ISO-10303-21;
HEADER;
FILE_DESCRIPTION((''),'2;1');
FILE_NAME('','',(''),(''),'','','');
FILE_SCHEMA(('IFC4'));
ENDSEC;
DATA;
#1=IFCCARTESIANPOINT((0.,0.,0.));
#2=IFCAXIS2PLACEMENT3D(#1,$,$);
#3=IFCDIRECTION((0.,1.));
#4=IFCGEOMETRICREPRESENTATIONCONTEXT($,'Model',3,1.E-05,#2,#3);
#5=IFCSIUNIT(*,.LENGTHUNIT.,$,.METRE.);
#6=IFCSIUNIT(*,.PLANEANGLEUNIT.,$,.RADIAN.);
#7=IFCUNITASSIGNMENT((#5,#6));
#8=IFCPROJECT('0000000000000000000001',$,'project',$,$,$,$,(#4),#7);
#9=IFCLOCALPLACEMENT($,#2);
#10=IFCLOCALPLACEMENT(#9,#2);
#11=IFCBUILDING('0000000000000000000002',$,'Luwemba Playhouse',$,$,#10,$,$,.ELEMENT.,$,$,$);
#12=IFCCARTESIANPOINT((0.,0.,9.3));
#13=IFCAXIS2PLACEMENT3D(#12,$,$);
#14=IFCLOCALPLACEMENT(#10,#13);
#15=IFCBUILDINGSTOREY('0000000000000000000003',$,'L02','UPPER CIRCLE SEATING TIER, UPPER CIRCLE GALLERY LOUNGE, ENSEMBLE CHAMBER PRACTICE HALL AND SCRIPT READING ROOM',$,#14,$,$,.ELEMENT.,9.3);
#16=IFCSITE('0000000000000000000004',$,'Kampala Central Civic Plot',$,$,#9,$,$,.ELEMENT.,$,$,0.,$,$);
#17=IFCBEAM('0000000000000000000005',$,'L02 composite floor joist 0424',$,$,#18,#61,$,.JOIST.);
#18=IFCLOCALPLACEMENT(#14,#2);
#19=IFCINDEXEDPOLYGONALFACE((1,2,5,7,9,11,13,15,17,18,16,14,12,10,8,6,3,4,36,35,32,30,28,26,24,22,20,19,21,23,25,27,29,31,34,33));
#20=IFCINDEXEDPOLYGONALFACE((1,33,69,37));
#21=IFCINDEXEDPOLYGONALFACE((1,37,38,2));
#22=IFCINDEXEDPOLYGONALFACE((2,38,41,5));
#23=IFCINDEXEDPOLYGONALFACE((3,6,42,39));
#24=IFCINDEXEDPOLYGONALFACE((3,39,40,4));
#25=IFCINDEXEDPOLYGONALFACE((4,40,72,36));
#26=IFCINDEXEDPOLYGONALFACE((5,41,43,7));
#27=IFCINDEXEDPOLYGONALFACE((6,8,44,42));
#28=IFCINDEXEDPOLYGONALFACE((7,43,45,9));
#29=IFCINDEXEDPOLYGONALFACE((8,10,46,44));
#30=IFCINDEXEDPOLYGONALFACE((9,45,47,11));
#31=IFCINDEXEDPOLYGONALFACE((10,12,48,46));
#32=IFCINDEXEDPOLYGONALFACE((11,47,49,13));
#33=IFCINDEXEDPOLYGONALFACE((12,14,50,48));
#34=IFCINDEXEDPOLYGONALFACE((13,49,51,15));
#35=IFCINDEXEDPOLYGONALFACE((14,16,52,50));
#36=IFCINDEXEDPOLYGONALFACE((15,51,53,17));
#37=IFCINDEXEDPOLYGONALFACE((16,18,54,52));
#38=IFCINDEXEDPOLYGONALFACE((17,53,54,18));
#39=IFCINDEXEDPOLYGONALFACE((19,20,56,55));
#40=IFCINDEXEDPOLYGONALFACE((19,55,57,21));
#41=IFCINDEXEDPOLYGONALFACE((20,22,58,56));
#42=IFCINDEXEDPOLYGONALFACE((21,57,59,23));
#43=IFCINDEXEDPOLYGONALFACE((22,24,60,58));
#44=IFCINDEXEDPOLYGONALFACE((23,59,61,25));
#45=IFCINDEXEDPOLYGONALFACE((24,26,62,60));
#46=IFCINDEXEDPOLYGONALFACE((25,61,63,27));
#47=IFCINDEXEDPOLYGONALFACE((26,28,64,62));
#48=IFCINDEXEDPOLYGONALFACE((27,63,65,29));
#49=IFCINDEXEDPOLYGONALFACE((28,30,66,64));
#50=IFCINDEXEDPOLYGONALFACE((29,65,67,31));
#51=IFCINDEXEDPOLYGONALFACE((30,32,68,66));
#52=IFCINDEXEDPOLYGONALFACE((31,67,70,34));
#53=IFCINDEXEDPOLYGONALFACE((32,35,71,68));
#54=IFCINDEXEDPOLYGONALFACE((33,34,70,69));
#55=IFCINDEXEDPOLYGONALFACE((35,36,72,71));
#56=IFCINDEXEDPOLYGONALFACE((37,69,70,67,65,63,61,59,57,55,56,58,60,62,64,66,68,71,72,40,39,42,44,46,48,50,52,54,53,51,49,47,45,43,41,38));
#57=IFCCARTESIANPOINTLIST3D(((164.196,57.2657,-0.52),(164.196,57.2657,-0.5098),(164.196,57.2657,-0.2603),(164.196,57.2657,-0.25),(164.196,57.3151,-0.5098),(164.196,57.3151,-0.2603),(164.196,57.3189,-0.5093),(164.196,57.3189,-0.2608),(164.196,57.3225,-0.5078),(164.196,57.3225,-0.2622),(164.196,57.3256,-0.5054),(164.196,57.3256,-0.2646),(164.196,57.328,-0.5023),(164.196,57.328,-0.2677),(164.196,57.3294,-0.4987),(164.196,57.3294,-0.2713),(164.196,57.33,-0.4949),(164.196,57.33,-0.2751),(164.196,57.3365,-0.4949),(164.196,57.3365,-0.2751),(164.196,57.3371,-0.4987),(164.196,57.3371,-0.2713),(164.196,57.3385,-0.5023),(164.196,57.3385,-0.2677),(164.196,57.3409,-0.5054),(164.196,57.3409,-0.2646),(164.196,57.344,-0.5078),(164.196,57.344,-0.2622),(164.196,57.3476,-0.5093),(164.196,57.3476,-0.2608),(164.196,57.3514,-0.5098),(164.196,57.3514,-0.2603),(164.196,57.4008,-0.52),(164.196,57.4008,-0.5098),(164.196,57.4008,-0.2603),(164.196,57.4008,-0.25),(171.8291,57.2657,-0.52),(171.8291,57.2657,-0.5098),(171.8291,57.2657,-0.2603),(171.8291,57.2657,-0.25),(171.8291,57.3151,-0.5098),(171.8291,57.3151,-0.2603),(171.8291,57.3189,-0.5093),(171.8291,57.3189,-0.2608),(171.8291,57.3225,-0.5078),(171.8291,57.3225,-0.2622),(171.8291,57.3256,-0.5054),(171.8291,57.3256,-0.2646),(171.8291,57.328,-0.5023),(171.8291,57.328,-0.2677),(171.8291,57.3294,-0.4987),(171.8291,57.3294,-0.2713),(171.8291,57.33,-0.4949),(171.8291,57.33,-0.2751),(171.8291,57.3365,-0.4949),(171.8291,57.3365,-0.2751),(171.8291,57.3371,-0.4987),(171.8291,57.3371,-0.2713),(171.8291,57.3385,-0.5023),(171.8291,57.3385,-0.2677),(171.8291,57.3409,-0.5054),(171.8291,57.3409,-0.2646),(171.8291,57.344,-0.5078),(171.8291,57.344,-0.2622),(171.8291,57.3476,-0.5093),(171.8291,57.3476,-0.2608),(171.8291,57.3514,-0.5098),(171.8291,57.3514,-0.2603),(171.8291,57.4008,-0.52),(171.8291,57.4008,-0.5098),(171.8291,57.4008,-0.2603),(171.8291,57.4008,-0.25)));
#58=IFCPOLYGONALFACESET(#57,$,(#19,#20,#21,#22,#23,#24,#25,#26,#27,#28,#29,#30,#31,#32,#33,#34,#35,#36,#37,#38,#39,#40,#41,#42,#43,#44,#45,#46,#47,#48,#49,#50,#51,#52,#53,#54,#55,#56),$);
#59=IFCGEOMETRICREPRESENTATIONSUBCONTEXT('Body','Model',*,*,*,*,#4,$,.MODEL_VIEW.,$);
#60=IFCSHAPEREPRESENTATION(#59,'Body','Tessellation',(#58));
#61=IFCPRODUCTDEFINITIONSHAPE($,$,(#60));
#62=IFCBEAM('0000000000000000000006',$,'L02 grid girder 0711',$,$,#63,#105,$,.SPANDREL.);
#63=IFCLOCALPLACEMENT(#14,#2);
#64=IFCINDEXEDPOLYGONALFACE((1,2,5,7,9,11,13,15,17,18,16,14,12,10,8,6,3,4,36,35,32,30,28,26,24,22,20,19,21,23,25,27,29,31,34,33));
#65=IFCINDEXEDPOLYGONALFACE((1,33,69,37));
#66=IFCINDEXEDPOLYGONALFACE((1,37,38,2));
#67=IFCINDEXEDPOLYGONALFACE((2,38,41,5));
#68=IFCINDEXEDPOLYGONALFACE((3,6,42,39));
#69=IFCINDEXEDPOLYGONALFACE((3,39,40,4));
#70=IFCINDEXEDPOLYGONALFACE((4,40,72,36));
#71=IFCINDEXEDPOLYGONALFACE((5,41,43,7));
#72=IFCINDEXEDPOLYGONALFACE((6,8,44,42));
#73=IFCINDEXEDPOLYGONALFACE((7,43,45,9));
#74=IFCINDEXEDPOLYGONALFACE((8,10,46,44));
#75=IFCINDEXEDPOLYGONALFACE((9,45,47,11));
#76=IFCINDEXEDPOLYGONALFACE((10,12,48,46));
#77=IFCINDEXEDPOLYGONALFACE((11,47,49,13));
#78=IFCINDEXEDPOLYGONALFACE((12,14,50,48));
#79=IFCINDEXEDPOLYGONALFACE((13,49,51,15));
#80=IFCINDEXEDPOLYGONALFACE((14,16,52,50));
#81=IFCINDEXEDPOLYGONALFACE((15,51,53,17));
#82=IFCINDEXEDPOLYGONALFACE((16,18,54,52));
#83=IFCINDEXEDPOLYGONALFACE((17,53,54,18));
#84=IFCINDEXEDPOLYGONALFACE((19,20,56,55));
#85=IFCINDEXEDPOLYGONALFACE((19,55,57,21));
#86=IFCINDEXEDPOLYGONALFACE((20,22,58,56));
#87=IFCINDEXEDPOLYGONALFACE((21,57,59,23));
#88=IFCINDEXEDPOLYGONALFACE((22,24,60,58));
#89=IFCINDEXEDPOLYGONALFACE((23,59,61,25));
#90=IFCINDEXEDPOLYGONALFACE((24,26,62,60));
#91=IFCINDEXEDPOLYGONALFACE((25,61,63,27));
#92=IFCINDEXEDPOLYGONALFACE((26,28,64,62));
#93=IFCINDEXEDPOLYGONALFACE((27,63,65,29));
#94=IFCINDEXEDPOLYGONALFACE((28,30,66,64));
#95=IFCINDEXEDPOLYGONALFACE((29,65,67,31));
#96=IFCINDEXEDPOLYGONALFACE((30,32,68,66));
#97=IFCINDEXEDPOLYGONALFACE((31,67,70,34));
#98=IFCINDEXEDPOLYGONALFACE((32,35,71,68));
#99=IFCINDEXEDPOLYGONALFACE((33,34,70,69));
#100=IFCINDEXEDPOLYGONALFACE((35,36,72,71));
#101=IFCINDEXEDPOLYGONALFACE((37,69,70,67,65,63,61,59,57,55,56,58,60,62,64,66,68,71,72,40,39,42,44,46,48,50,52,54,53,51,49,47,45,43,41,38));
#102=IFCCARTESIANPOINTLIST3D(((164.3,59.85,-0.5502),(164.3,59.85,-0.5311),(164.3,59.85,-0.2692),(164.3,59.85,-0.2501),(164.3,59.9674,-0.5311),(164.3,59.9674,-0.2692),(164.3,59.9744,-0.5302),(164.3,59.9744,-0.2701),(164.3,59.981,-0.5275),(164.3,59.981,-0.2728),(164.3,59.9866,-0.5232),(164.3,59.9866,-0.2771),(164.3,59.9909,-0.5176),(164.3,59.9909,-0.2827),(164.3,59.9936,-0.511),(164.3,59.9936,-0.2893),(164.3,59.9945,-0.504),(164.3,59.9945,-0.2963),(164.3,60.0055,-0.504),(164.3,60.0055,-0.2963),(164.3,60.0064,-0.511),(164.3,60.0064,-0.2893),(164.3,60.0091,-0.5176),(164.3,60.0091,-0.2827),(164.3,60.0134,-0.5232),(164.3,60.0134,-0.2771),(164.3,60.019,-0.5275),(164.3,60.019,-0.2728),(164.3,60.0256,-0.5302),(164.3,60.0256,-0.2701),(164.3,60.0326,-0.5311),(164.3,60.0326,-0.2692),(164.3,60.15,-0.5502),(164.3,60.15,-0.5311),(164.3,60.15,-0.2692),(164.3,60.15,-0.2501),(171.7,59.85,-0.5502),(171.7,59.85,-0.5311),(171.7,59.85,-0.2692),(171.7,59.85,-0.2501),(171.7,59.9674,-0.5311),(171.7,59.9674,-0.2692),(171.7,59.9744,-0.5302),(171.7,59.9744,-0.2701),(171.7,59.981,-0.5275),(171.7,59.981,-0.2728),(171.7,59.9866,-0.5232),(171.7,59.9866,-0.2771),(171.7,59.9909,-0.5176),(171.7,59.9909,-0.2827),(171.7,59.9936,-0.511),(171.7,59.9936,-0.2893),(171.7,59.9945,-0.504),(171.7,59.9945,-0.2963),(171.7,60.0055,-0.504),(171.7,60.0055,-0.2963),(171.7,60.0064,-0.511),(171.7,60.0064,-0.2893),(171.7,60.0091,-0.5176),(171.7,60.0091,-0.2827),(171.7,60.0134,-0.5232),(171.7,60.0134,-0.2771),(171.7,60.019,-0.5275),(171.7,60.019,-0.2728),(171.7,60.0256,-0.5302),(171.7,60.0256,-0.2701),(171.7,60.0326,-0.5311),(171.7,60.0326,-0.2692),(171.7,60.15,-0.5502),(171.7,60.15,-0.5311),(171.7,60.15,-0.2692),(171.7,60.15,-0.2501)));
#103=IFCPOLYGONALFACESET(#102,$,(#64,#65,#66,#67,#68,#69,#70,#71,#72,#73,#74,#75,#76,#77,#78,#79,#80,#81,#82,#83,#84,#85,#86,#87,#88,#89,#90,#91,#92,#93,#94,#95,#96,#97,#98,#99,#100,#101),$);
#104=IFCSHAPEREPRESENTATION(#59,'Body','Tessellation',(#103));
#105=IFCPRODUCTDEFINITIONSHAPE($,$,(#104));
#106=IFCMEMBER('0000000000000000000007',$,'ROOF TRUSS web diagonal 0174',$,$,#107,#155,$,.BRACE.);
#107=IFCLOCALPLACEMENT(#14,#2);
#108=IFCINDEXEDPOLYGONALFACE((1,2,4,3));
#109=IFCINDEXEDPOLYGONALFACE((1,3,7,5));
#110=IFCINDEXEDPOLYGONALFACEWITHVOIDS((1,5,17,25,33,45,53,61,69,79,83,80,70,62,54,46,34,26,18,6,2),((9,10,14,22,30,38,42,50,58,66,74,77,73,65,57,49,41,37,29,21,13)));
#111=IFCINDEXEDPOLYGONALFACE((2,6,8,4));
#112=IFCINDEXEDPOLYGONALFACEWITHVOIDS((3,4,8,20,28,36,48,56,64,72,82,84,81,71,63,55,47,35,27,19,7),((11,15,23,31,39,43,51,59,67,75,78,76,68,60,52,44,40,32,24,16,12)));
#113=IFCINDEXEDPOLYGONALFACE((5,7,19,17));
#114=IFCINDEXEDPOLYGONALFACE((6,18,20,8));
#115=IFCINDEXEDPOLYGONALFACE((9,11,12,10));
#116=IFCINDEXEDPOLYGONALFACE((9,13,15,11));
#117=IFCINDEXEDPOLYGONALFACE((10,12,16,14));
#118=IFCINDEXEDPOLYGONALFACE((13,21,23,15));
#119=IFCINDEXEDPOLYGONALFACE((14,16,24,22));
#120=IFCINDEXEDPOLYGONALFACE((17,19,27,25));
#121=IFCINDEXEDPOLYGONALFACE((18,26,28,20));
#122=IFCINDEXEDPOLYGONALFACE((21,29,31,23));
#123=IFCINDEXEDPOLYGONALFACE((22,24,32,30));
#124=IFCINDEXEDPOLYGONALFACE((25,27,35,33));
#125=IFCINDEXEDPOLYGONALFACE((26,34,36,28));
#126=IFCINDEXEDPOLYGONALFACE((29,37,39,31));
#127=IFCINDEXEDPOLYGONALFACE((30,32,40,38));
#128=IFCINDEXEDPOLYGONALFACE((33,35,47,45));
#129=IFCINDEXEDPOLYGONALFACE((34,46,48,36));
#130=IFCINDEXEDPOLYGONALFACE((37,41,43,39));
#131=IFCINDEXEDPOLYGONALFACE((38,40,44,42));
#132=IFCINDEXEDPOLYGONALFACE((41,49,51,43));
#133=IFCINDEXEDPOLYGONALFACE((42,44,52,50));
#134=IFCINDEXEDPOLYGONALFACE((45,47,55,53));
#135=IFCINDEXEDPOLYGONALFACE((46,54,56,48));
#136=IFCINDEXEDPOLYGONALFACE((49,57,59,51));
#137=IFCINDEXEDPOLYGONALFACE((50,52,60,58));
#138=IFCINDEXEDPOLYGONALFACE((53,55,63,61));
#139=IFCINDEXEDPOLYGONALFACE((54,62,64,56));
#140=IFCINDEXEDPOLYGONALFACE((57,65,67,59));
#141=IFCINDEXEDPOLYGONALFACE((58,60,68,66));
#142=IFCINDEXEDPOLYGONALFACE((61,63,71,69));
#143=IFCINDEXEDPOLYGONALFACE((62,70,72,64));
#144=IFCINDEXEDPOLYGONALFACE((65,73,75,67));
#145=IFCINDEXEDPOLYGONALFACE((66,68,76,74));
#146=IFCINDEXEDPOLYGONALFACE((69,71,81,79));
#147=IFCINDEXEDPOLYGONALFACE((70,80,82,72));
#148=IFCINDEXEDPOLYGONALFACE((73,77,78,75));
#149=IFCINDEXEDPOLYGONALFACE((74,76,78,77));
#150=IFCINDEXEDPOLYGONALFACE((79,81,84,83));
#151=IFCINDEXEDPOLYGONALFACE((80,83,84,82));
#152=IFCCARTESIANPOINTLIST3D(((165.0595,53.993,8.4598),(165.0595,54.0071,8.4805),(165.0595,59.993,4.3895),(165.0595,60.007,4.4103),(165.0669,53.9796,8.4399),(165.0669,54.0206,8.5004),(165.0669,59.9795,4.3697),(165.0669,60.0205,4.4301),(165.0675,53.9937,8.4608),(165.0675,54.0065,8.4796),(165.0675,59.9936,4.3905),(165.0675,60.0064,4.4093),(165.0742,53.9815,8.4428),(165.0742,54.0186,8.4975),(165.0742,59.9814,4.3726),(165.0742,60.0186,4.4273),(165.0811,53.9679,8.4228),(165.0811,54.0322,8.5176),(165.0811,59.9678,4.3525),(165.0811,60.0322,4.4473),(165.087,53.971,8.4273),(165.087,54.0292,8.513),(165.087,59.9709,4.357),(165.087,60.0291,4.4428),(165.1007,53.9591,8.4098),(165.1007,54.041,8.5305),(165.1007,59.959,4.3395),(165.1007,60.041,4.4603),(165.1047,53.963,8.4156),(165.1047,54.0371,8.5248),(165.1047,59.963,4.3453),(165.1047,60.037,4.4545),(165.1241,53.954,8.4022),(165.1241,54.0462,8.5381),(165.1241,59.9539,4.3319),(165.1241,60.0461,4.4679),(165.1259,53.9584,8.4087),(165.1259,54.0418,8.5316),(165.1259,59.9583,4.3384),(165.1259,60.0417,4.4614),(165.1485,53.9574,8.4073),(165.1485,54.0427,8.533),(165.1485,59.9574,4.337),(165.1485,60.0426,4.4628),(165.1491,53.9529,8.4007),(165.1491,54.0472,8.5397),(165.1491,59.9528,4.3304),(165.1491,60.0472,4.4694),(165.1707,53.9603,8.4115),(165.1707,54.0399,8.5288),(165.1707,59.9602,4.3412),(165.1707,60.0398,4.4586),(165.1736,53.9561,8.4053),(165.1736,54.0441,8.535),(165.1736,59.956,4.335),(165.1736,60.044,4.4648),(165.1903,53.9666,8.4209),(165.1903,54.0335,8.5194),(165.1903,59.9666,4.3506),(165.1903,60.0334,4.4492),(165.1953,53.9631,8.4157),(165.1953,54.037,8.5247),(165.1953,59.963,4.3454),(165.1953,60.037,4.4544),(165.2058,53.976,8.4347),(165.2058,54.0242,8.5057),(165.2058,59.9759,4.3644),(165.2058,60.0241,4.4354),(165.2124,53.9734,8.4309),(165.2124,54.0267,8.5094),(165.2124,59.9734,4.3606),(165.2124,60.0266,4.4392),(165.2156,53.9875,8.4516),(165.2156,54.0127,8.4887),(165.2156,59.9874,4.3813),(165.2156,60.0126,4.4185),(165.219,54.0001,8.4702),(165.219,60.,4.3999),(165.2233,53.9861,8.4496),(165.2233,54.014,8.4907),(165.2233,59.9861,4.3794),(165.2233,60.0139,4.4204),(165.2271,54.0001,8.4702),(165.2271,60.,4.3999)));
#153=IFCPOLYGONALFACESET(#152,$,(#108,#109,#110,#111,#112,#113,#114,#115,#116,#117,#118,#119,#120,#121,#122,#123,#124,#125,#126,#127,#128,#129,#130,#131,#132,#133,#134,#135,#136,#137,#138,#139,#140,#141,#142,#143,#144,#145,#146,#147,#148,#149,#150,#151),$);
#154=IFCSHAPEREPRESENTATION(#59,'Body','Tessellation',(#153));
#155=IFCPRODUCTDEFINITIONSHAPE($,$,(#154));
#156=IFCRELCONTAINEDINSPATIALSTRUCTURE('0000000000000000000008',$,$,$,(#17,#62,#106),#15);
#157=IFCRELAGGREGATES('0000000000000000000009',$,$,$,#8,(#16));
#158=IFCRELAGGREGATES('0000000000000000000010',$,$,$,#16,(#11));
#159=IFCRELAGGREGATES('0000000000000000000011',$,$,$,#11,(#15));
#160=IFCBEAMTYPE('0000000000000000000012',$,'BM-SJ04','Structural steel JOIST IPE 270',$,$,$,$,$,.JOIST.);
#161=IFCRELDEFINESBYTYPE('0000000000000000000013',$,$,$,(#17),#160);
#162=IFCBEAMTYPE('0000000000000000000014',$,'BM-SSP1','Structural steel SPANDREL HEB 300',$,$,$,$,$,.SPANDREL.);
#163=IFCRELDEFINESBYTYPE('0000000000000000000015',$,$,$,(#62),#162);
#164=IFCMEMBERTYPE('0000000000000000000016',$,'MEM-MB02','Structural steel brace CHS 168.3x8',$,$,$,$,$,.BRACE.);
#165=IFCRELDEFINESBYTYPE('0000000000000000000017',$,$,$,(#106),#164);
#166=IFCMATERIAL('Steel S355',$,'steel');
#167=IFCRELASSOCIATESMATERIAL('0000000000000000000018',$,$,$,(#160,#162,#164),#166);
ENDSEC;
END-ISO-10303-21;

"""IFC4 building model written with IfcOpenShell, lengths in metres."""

from ifc_helpers import new_model, si_unit, direction, frame, origin, origin_2d, place, context, subcontext, project, spatial, hollow_circle, i_section, extrude, material, material_profile, profile_set, type_object, element, save


model = new_model("IFC4")

# Units and contexts
model_context = context("Model", 3, precision=1e-05, world=origin(), true_north=direction((0.0, 1.0)))
body_context = subcontext(model_context, "Body", "Model", "MODEL_VIEW")
ifc_project = project(units=[si_unit("LENGTHUNIT", "METRE"), si_unit("PLANEANGLEUNIT", "RADIAN")], contexts=[model_context])

# Site, building, storey
site_placement = place(None, origin())
site = spatial("IfcSite", under=ifc_project, at=site_placement, Name="Kampala Central Civic Plot", CompositionType="ELEMENT", RefElevation=0.0)
building_placement = place(site_placement, origin())
building = spatial("IfcBuilding", under=site, at=building_placement, Name="Luwemba Playhouse", CompositionType="ELEMENT")
storey_placement = place(building_placement, frame((0.0, 0.0, 9.3)))
storey = spatial("IfcBuildingStorey", under=building, at=storey_placement, Name="L02", Description="UPPER CIRCLE SEATING TIER, UPPER CIRCLE GALLERY LOUNGE, ENSEMBLE CHAMBER PRACTICE HALL AND SCRIPT READING ROOM", CompositionType="ELEMENT", Elevation=9.3)

# Shared definitions
ifc_material_1 = material(Name="Steel S355", Category="steel")

# Beams
ifc_material_profile_1 = material_profile(ifc_material_1, i_section(OverallWidth=0.135, OverallDepth=0.27, WebThickness=0.0066, FlangeThickness=0.0103, FilletRadius=0.0149, at=origin_2d()))
ifc_profile_set_1 = profile_set([ifc_material_profile_1], Name="Steel S355")
beam_type_1 = type_object("IfcBeamType", Name="BM-SJ04", Description="Structural steel JOIST IPE 270", PredefinedType="JOIST", material=ifc_profile_set_1)
beam_1_placement = place(storey_placement, frame((164.196, 57.3333, -0.385), z_axis=(1.0, 0.0, 0.0), x_axis=(0.0, 1.0, 0.0)))
element("IfcBeam", 1, at=beam_1_placement, inside=storey, type_object=beam_type_1, Name="L02 composite floor joist 0424", PredefinedType="JOIST", context=body_context, shape_type="SweptSolid", body=[
    extrude(i_section(OverallWidth=0.135, OverallDepth=0.27, WebThickness=0.0066, FlangeThickness=0.0103, FilletRadius=0.0149, at=origin_2d()), origin(), (0.0, 0.0, 1.0), 7.6331),
])
ifc_material_profile_2 = material_profile(ifc_material_1, i_section(OverallWidth=0.3, OverallDepth=0.3, WebThickness=0.011, FlangeThickness=0.019, FilletRadius=0.0271, at=origin_2d()))
ifc_profile_set_2 = profile_set([ifc_material_profile_2], Name="Steel S355")
beam_type_2 = type_object("IfcBeamType", Name="BM-SSP1", Description="Structural steel SPANDREL HEB 300", PredefinedType="SPANDREL", material=ifc_profile_set_2)
beam_2_placement = place(storey_placement, frame((164.3, 60.0, -0.4001), z_axis=(1.0, 0.0, 0.0), x_axis=(0.0, 1.0, 0.0)))
element("IfcBeam", 2, at=beam_2_placement, inside=storey, type_object=beam_type_2, Name="L02 grid girder 0711", PredefinedType="SPANDREL", context=body_context, shape_type="SweptSolid", body=[
    extrude(i_section(OverallWidth=0.3, OverallDepth=0.3, WebThickness=0.011, FlangeThickness=0.019, FilletRadius=0.0271, at=origin_2d()), origin(), (0.0, 0.0, 1.0), 7.3999),
])

# Member
ifc_material_profile_3 = material_profile(ifc_material_1, hollow_circle(Radius=0.0842, WallThickness=0.0081, at=origin_2d()))
ifc_profile_set_3 = profile_set([ifc_material_profile_3], Name="Steel S355")
member_type_1 = type_object("IfcMemberType", Name="MEM-MB02", Description="Structural steel brace CHS 168.3x8", PredefinedType="BRACE", material=ifc_profile_set_3)
member_1_placement = place(storey_placement, frame((165.1428, 60.0, 4.3999), z_axis=(0.0, -0.827547, 0.561396), x_axis=(1.0, 0.0, 0.0)))
element("IfcMember", 3, at=member_1_placement, inside=storey, type_object=member_type_1, Name="ROOF TRUSS web diagonal 0174", PredefinedType="BRACE", context=body_context, shape_type="SweptSolid", body=[
    extrude(hollow_circle(Radius=0.0842, WallThickness=0.0081, at=origin_2d()), origin(), (0.0, 0.0, 1.0), 7.2502),
])

save(model, "model.ifc")
